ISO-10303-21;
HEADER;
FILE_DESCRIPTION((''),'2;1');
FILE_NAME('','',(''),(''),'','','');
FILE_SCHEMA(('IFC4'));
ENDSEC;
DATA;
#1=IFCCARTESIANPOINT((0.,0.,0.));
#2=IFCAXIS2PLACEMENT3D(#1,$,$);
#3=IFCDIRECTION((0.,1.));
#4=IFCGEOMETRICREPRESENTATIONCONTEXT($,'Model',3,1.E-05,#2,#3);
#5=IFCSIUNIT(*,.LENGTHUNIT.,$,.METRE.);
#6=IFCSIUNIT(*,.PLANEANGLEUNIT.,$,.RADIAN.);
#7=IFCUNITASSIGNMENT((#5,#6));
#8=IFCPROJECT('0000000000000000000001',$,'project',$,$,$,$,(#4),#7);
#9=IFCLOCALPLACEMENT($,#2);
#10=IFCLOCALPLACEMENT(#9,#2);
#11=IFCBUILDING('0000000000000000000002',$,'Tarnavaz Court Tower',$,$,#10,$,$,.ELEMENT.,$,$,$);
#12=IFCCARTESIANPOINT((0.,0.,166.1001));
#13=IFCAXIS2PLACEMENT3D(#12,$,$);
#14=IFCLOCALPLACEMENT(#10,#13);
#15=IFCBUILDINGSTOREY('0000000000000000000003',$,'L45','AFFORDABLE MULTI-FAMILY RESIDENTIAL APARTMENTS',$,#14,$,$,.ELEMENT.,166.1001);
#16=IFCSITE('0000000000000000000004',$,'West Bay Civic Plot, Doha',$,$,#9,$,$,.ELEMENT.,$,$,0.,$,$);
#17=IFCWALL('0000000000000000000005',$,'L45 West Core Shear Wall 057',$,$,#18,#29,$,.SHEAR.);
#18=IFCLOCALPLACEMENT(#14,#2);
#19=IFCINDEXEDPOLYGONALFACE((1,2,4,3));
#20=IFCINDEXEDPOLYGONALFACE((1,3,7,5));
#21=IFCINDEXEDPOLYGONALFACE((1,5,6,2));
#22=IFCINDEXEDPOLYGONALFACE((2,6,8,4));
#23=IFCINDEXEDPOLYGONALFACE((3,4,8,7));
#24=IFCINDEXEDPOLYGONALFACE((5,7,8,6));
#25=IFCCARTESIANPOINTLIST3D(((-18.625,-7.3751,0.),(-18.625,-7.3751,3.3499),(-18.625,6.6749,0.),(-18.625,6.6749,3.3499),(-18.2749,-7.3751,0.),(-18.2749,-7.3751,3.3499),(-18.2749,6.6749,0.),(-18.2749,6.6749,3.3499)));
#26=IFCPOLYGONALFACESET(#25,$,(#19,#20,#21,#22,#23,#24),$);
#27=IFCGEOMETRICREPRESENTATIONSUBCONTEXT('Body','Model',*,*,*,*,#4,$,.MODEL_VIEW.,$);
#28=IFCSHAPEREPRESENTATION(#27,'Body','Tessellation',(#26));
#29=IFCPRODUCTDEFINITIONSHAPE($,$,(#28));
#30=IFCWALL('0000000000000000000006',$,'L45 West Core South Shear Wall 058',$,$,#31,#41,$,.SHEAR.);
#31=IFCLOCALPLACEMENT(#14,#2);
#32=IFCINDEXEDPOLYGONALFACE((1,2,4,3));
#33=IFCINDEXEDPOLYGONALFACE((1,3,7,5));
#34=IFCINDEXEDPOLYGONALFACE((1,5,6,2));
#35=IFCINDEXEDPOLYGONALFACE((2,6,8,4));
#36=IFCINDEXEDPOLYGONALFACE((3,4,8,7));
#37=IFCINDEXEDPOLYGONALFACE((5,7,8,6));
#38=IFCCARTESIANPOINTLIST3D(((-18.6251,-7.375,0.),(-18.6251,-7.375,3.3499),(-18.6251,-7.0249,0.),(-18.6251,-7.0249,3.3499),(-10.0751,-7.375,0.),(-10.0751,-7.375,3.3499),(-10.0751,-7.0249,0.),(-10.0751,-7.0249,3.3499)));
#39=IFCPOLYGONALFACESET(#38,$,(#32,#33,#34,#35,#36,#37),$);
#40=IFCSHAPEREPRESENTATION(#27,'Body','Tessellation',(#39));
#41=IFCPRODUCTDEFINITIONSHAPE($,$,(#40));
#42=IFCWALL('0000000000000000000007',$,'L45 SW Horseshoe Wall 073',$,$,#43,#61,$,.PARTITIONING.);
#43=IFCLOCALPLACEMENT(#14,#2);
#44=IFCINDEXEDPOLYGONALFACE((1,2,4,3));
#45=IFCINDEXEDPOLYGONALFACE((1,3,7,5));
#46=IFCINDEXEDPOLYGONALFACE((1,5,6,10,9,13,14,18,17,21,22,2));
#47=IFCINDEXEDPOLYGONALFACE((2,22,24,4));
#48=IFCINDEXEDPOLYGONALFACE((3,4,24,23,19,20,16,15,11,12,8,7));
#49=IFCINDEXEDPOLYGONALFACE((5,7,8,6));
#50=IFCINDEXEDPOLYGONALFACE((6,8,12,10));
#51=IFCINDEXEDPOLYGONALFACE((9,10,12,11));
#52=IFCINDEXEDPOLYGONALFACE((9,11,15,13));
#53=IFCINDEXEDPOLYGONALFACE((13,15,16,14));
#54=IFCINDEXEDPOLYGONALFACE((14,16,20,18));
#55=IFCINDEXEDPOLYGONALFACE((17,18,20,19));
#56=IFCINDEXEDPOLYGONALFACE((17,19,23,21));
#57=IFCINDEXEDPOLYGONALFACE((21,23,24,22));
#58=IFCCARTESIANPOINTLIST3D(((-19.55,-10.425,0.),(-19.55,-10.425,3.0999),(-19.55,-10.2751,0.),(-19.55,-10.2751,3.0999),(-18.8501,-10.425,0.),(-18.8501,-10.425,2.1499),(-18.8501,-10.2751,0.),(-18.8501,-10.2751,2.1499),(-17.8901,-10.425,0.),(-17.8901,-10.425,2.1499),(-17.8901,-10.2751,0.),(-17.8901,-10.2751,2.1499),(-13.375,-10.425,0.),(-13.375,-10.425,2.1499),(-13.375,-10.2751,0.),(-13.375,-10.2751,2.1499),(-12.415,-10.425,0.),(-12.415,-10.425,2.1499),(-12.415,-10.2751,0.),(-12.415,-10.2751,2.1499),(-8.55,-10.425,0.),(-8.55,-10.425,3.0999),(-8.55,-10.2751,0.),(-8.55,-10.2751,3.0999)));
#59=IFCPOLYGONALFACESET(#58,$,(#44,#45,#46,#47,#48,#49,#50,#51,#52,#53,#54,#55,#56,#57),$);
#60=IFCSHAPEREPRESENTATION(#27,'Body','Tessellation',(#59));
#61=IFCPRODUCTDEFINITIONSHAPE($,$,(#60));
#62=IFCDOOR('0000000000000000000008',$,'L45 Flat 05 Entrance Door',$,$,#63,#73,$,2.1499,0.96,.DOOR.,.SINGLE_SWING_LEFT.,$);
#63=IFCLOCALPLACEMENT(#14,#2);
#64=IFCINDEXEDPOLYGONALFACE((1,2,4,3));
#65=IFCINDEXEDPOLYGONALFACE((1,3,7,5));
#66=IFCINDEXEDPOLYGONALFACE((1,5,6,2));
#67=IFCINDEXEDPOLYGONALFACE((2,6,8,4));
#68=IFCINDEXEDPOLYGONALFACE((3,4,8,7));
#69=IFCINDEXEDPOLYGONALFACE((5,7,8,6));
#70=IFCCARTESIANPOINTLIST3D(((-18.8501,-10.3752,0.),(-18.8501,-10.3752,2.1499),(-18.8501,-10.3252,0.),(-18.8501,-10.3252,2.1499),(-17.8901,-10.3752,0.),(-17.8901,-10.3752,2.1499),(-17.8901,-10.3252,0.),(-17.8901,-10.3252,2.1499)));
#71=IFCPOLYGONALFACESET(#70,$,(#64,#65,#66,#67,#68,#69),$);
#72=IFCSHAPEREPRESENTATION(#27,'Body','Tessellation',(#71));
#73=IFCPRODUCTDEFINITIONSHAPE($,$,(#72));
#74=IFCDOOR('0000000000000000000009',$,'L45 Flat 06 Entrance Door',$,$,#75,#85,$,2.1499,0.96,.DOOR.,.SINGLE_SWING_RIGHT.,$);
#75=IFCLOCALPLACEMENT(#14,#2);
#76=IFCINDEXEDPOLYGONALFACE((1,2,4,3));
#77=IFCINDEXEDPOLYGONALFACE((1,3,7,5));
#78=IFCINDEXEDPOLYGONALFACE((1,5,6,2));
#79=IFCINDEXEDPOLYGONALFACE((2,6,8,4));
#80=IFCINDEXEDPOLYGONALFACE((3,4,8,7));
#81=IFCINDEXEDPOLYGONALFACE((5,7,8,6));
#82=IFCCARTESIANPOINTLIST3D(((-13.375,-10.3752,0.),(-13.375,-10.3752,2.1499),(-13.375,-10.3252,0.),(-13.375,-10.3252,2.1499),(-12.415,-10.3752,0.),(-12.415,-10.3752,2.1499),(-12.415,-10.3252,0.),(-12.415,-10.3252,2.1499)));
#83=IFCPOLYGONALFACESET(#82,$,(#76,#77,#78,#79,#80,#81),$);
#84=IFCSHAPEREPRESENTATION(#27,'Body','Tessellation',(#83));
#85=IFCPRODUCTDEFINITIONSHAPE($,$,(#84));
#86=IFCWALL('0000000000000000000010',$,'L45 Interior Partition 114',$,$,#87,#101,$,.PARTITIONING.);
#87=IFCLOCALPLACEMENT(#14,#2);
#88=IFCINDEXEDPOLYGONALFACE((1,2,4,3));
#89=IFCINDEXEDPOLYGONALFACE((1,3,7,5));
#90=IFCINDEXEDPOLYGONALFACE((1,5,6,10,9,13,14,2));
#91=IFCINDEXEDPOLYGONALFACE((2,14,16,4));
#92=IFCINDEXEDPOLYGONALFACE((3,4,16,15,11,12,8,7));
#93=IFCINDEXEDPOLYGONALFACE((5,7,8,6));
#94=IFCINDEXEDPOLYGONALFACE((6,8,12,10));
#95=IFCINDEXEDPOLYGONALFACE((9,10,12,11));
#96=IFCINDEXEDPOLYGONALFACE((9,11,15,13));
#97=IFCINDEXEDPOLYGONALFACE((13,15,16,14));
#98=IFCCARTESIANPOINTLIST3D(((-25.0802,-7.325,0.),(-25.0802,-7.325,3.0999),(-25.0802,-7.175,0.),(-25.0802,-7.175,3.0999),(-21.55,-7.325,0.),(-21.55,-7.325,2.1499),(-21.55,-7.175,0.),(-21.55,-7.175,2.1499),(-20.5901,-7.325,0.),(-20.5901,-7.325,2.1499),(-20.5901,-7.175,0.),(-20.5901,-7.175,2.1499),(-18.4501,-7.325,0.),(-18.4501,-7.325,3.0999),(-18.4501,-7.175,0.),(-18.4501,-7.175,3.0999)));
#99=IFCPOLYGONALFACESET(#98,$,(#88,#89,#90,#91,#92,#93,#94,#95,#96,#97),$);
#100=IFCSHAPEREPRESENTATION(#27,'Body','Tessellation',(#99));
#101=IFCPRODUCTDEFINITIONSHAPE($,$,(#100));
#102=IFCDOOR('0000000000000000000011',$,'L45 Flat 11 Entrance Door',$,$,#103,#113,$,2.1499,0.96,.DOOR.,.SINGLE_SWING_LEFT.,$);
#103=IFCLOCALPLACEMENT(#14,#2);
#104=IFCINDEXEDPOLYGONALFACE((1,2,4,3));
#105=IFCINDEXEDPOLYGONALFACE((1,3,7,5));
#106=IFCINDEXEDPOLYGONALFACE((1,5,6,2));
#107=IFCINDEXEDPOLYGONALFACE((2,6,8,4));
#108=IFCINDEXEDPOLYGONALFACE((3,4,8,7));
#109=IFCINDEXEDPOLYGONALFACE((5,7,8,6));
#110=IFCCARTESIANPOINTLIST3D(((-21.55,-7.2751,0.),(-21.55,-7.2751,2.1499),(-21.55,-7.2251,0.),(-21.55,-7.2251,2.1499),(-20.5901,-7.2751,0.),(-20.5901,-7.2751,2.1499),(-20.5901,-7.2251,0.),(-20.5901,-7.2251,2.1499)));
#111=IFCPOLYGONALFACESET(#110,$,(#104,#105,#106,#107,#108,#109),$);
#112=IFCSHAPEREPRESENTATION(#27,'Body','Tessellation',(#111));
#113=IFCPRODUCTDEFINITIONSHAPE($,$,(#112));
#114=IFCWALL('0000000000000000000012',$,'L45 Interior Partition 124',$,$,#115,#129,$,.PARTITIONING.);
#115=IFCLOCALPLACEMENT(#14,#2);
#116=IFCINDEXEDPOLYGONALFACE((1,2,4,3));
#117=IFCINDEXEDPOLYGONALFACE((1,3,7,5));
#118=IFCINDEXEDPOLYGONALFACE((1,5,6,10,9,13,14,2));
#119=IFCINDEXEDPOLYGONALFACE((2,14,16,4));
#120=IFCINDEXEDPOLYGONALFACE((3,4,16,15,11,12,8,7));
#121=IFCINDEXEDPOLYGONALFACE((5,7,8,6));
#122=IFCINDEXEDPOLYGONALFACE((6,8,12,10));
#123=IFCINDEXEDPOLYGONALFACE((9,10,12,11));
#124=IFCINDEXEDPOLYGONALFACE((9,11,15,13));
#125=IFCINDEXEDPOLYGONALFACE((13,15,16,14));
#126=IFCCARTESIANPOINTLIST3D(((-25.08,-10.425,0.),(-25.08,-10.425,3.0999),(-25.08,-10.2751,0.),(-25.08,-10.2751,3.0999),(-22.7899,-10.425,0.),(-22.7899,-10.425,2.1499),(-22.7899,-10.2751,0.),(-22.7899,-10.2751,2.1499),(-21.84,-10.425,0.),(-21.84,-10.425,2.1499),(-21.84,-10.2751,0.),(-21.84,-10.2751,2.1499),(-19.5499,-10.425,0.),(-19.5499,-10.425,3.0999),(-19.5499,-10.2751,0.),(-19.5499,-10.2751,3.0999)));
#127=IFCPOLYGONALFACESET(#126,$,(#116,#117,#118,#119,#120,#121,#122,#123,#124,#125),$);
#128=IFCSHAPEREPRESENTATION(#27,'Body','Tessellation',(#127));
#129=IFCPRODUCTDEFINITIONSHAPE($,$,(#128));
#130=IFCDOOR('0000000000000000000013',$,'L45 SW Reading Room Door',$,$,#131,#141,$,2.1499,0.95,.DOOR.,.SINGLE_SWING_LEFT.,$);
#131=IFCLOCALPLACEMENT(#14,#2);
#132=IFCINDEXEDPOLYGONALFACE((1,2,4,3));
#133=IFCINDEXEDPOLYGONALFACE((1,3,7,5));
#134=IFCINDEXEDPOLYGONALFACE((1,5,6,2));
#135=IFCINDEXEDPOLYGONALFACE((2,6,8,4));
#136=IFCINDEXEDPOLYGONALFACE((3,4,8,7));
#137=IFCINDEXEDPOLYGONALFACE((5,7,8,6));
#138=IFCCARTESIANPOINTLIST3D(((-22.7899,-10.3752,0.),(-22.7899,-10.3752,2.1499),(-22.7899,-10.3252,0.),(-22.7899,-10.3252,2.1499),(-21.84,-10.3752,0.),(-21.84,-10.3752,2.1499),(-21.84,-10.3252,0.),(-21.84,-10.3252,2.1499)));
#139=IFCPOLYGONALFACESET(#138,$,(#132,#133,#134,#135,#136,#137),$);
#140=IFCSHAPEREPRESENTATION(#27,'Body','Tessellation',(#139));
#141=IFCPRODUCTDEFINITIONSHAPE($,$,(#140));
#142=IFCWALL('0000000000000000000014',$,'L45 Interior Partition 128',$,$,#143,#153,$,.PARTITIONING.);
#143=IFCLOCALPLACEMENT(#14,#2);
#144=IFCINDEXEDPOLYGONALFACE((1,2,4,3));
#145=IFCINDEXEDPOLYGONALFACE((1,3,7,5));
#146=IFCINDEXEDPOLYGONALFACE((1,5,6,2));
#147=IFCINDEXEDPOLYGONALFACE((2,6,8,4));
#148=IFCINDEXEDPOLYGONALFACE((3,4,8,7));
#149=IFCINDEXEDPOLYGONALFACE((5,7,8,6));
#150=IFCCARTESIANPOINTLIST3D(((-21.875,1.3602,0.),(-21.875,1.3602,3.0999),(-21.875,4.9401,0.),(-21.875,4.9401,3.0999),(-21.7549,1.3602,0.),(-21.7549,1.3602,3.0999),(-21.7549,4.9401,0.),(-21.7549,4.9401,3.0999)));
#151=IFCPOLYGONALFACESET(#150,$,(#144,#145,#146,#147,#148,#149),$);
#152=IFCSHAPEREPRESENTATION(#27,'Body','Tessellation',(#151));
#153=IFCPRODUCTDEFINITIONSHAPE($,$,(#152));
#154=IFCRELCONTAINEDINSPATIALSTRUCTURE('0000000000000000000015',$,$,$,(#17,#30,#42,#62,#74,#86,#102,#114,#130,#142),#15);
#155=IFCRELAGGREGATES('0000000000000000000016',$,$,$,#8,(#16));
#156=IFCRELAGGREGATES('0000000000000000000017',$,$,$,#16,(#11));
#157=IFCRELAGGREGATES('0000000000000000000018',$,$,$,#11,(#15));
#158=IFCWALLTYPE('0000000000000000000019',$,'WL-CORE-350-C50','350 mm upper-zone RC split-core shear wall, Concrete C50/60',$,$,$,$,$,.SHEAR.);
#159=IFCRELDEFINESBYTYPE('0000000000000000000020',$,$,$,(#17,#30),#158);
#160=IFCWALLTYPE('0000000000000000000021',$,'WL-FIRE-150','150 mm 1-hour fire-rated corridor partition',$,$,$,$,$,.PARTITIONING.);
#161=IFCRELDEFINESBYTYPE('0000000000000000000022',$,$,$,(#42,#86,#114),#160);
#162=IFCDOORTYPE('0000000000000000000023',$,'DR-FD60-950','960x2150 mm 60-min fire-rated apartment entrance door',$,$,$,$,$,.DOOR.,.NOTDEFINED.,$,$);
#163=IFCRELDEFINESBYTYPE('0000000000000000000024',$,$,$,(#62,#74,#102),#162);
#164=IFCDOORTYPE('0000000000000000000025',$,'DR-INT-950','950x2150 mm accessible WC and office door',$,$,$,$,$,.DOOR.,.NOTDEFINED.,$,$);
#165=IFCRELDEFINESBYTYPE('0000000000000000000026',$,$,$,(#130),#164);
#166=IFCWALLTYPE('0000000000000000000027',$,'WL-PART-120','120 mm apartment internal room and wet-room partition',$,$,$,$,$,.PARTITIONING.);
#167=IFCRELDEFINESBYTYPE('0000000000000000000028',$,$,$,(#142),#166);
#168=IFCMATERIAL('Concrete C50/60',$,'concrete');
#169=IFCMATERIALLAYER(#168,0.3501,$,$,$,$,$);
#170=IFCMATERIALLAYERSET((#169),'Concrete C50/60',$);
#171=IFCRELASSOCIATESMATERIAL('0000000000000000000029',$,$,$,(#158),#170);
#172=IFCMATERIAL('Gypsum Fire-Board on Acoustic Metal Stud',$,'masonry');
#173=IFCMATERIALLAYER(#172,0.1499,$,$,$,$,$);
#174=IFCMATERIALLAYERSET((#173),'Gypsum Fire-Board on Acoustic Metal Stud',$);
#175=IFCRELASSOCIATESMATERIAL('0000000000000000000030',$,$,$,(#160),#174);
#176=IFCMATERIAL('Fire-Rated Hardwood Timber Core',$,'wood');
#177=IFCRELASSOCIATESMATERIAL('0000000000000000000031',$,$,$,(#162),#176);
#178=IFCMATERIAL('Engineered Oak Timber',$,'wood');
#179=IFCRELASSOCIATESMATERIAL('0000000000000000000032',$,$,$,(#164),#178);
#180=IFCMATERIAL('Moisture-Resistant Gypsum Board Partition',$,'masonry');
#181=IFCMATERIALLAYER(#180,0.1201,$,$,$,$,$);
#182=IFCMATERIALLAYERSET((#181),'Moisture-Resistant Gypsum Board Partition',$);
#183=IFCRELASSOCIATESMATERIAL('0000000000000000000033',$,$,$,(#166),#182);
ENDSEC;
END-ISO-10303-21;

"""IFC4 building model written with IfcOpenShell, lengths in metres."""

from ifc_helpers import new_model, si_unit, direction, frame, frame_2d, origin, place, context, subcontext, project, spatial, rectangle, extrude, material, layer, layer_set, type_object, element, fill, save


model = new_model("IFC4")

# Units and contexts
model_context = context("Model", 3, precision=1e-05, world=origin(), true_north=direction((0.0, 1.0)))
body_context = subcontext(model_context, "Body", "Model", "MODEL_VIEW")
ifc_project = project(units=[si_unit("LENGTHUNIT", "METRE"), si_unit("PLANEANGLEUNIT", "RADIAN")], contexts=[model_context])

# Site, building, storey
site_placement = place(None, origin())
site = spatial("IfcSite", under=ifc_project, at=site_placement, Name="West Bay Civic Plot, Doha", CompositionType="ELEMENT", RefElevation=0.0)
building_placement = place(site_placement, origin())
building = spatial("IfcBuilding", under=site, at=building_placement, Name="Tarnavaz Court Tower", CompositionType="ELEMENT")
storey_placement = place(building_placement, frame((0.0, 0.0, 166.1001)))
storey = spatial("IfcBuildingStorey", under=building, at=storey_placement, Name="L45", Description="AFFORDABLE MULTI-FAMILY RESIDENTIAL APARTMENTS", CompositionType="ELEMENT", Elevation=166.1001)

# Shared definitions
ifc_material_1 = material(Name="Concrete C50/60", Category="concrete")

# Walls
ifc_layer_1 = layer(ifc_material_1, 0.3501)
ifc_layer_set_1 = layer_set([ifc_layer_1], Name="Concrete C50/60")
wall_type_1 = type_object("IfcWallType", Name="WL-CORE-350-C50", Description="350 mm upper-zone RC split-core shear wall, Concrete C50/60", PredefinedType="SHEAR", material=ifc_layer_set_1)
wall_1_placement = place(storey_placement, frame((-18.45, -7.375, 0.0), z_axis=(0.0, 0.0, 1.0), x_axis=(0.0, 1.0, 0.0)))
element("IfcWall", 1, at=wall_1_placement, inside=storey, type_object=wall_type_1, Name="L45 West Core Shear Wall 057", PredefinedType="SHEAR", context=body_context, shape_type="SweptSolid", body=[
    extrude(rectangle(XDim=14.05, YDim=0.3501, at=frame_2d((7.0249, 0.0))), origin(), (0.0, 0.0, 1.0), 3.3499),
])
wall_2_placement = place(storey_placement, frame((-18.625, -7.2, 0.0), z_axis=(0.0, 0.0, 1.0), x_axis=(1.0, 0.0, 0.0)))
element("IfcWall", 2, at=wall_2_placement, inside=storey, type_object=wall_type_1, Name="L45 West Core South Shear Wall 058", PredefinedType="SHEAR", context=body_context, shape_type="SweptSolid", body=[
    extrude(rectangle(XDim=8.55, YDim=0.3501, at=frame_2d((4.2749, 0.0))), origin(), (0.0, 0.0, 1.0), 3.3499),
])

# Wall, openings, doors
ifc_material_2 = material(Name="Gypsum Fire-Board on Acoustic Metal Stud", Category="masonry")
ifc_layer_2 = layer(ifc_material_2, 0.1499)
ifc_layer_set_2 = layer_set([ifc_layer_2], Name="Gypsum Fire-Board on Acoustic Metal Stud")
wall_type_2 = type_object("IfcWallType", Name="WL-FIRE-150", Description="150 mm 1-hour fire-rated corridor partition", PredefinedType="PARTITIONING", material=ifc_layer_set_2)
wall_3_placement = place(storey_placement, frame((-19.55, -10.3501, 0.0), z_axis=(0.0, 0.0, 1.0), x_axis=(1.0, 0.0, 0.0)))
wall_3 = element("IfcWall", 3, at=wall_3_placement, inside=storey, type_object=wall_type_2, Name="L45 SW Horseshoe Wall 073", PredefinedType="PARTITIONING", context=body_context, shape_type="SweptSolid", body=[
    extrude(rectangle(XDim=11.0, YDim=0.1499, at=frame_2d((5.5, 0.0))), origin(), (0.0, 0.0, 1.0), 3.0999),
])
opening_1_placement = place(wall_3_placement, frame((0.7, 0.0, 0.0)))
opening_1 = element("IfcOpeningElement", 4, at=opening_1_placement, cuts=wall_3, PredefinedType="OPENING", context=body_context, shape_type="SweptSolid", body=[
    extrude(rectangle(XDim=0.96, YDim=2.1499, at=frame_2d((0.48, 1.075))), frame((0.0, 0.085, 0.0), z_axis=(0.0, -1.0, 0.0), x_axis=(1.0, 0.0, 0.0)), (0.0, 0.0, 1.0), 0.1699),
])
opening_2_placement = place(wall_3_placement, frame((6.175, 0.0, 0.0)))
opening_2 = element("IfcOpeningElement", 5, at=opening_2_placement, cuts=wall_3, PredefinedType="OPENING", context=body_context, shape_type="SweptSolid", body=[
    extrude(rectangle(XDim=0.96, YDim=2.1499, at=frame_2d((0.48, 1.075))), frame((0.0, 0.085, 0.0), z_axis=(0.0, -1.0, 0.0), x_axis=(1.0, 0.0, 0.0)), (0.0, 0.0, 1.0), 0.1699),
])
ifc_material_3 = material(Name="Fire-Rated Hardwood Timber Core", Category="wood")
door_type_1 = type_object("IfcDoorType", Name="DR-FD60-950", Description="960x2150 mm 60-min fire-rated apartment entrance door", OperationType="NOTDEFINED", PredefinedType="DOOR", material=ifc_material_3)
door_1_placement = place(opening_1_placement, origin())
door_1 = element("IfcDoor", 6, at=door_1_placement, inside=storey, type_object=door_type_1, Name="L45 Flat 05 Entrance Door", OperationType="SINGLE_SWING_LEFT", OverallHeight=2.1499, OverallWidth=0.96, PredefinedType="DOOR", context=body_context, shape_type="SweptSolid", body=[
    extrude(rectangle(XDim=0.96, YDim=2.1499, at=frame_2d((0.48, 1.075))), frame((0.0, 0.0249, 0.0), z_axis=(0.0, -1.0, 0.0), x_axis=(1.0, 0.0, 0.0)), (0.0, 0.0, 1.0), 0.05),
])
fill(opening_1, door_1)
door_2_placement = place(opening_2_placement, origin())
door_2 = element("IfcDoor", 7, at=door_2_placement, inside=storey, type_object=door_type_1, Name="L45 Flat 06 Entrance Door", OperationType="SINGLE_SWING_RIGHT", OverallHeight=2.1499, OverallWidth=0.96, PredefinedType="DOOR", context=body_context, shape_type="SweptSolid", body=[
    extrude(rectangle(XDim=0.96, YDim=2.1499, at=frame_2d((0.48, 1.075))), frame((0.0, 0.0249, 0.0), z_axis=(0.0, -1.0, 0.0), x_axis=(1.0, 0.0, 0.0)), (0.0, 0.0, 1.0), 0.05),
])
fill(opening_2, door_2)

# Walls, openings, doors
wall_4_placement = place(storey_placement, frame((-25.0801, -7.25, 0.0), z_axis=(0.0, 0.0, 1.0), x_axis=(1.0, 0.0, 0.0)))
wall_4 = element("IfcWall", 8, at=wall_4_placement, inside=storey, type_object=wall_type_2, Name="L45 Interior Partition 114", PredefinedType="PARTITIONING", context=body_context, shape_type="SweptSolid", body=[
    extrude(rectangle(XDim=6.6301, YDim=0.1499, at=frame_2d((3.3149, 0.0))), origin(), (0.0, 0.0, 1.0), 3.0999),
])
opening_3_placement = place(wall_4_placement, frame((3.53, 0.0, 0.0)))
opening_3 = element("IfcOpeningElement", 9, at=opening_3_placement, cuts=wall_4, PredefinedType="OPENING", context=body_context, shape_type="SweptSolid", body=[
    extrude(rectangle(XDim=0.96, YDim=2.1499, at=frame_2d((0.48, 1.075))), frame((0.0, 0.085, 0.0), z_axis=(0.0, -1.0, 0.0), x_axis=(1.0, 0.0, 0.0)), (0.0, 0.0, 1.0), 0.1699),
])
door_3_placement = place(opening_3_placement, origin())
door_3 = element("IfcDoor", 10, at=door_3_placement, inside=storey, type_object=door_type_1, Name="L45 Flat 11 Entrance Door", OperationType="SINGLE_SWING_LEFT", OverallHeight=2.1499, OverallWidth=0.96, PredefinedType="DOOR", context=body_context, shape_type="SweptSolid", body=[
    extrude(rectangle(XDim=0.96, YDim=2.1499, at=frame_2d((0.48, 1.075))), frame((0.0, 0.0249, 0.0), z_axis=(0.0, -1.0, 0.0), x_axis=(1.0, 0.0, 0.0)), (0.0, 0.0, 1.0), 0.05),
])
fill(opening_3, door_3)
wall_5_placement = place(storey_placement, frame((-25.0801, -10.3501, 0.0), z_axis=(0.0, 0.0, 1.0), x_axis=(1.0, 0.0, 0.0)))
wall_5 = element("IfcWall", 11, at=wall_5_placement, inside=storey, type_object=wall_type_2, Name="L45 Interior Partition 124", PredefinedType="PARTITIONING", context=body_context, shape_type="SweptSolid", body=[
    extrude(rectangle(XDim=5.53, YDim=0.1499, at=frame_2d((2.7651, 0.0))), origin(), (0.0, 0.0, 1.0), 3.0999),
])
opening_4_placement = place(wall_5_placement, frame((2.29, 0.0, 0.0)))
opening_4 = element("IfcOpeningElement", 12, at=opening_4_placement, cuts=wall_5, PredefinedType="OPENING", context=body_context, shape_type="SweptSolid", body=[
    extrude(rectangle(XDim=0.95, YDim=2.1499, at=frame_2d((0.4751, 1.075))), frame((0.0, 0.085, 0.0), z_axis=(0.0, -1.0, 0.0), x_axis=(1.0, 0.0, 0.0)), (0.0, 0.0, 1.0), 0.1699),
])
ifc_material_4 = material(Name="Engineered Oak Timber", Category="wood")
door_type_2 = type_object("IfcDoorType", Name="DR-INT-950", Description="950x2150 mm accessible WC and office door", OperationType="NOTDEFINED", PredefinedType="DOOR", material=ifc_material_4)
door_4_placement = place(opening_4_placement, origin())
door_4 = element("IfcDoor", 13, at=door_4_placement, inside=storey, type_object=door_type_2, Name="L45 SW Reading Room Door", OperationType="SINGLE_SWING_LEFT", OverallHeight=2.1499, OverallWidth=0.95, PredefinedType="DOOR", context=body_context, shape_type="SweptSolid", body=[
    extrude(rectangle(XDim=0.95, YDim=2.1499, at=frame_2d((0.4751, 1.075))), frame((0.0, 0.0249, 0.0), z_axis=(0.0, -1.0, 0.0), x_axis=(1.0, 0.0, 0.0)), (0.0, 0.0, 1.0), 0.05),
])
fill(opening_4, door_4)

# Wall
ifc_material_5 = material(Name="Moisture-Resistant Gypsum Board Partition", Category="masonry")
ifc_layer_3 = layer(ifc_material_5, 0.1201)
ifc_layer_set_3 = layer_set([ifc_layer_3], Name="Moisture-Resistant Gypsum Board Partition")
wall_type_3 = type_object("IfcWallType", Name="WL-PART-120", Description="120 mm apartment internal room and wet-room partition", PredefinedType="PARTITIONING", material=ifc_layer_set_3)
wall_6_placement = place(storey_placement, frame((-21.8149, 1.3601, 0.0), z_axis=(0.0, 0.0, 1.0), x_axis=(0.0, 1.0, 0.0)))
element("IfcWall", 14, at=wall_6_placement, inside=storey, type_object=wall_type_3, Name="L45 Interior Partition 128", PredefinedType="PARTITIONING", context=body_context, shape_type="SweptSolid", body=[
    extrude(rectangle(XDim=3.5798, YDim=0.1201, at=frame_2d((1.79, 0.0))), origin(), (0.0, 0.0, 1.0), 3.0999),
])

save(model, "model.ifc")
